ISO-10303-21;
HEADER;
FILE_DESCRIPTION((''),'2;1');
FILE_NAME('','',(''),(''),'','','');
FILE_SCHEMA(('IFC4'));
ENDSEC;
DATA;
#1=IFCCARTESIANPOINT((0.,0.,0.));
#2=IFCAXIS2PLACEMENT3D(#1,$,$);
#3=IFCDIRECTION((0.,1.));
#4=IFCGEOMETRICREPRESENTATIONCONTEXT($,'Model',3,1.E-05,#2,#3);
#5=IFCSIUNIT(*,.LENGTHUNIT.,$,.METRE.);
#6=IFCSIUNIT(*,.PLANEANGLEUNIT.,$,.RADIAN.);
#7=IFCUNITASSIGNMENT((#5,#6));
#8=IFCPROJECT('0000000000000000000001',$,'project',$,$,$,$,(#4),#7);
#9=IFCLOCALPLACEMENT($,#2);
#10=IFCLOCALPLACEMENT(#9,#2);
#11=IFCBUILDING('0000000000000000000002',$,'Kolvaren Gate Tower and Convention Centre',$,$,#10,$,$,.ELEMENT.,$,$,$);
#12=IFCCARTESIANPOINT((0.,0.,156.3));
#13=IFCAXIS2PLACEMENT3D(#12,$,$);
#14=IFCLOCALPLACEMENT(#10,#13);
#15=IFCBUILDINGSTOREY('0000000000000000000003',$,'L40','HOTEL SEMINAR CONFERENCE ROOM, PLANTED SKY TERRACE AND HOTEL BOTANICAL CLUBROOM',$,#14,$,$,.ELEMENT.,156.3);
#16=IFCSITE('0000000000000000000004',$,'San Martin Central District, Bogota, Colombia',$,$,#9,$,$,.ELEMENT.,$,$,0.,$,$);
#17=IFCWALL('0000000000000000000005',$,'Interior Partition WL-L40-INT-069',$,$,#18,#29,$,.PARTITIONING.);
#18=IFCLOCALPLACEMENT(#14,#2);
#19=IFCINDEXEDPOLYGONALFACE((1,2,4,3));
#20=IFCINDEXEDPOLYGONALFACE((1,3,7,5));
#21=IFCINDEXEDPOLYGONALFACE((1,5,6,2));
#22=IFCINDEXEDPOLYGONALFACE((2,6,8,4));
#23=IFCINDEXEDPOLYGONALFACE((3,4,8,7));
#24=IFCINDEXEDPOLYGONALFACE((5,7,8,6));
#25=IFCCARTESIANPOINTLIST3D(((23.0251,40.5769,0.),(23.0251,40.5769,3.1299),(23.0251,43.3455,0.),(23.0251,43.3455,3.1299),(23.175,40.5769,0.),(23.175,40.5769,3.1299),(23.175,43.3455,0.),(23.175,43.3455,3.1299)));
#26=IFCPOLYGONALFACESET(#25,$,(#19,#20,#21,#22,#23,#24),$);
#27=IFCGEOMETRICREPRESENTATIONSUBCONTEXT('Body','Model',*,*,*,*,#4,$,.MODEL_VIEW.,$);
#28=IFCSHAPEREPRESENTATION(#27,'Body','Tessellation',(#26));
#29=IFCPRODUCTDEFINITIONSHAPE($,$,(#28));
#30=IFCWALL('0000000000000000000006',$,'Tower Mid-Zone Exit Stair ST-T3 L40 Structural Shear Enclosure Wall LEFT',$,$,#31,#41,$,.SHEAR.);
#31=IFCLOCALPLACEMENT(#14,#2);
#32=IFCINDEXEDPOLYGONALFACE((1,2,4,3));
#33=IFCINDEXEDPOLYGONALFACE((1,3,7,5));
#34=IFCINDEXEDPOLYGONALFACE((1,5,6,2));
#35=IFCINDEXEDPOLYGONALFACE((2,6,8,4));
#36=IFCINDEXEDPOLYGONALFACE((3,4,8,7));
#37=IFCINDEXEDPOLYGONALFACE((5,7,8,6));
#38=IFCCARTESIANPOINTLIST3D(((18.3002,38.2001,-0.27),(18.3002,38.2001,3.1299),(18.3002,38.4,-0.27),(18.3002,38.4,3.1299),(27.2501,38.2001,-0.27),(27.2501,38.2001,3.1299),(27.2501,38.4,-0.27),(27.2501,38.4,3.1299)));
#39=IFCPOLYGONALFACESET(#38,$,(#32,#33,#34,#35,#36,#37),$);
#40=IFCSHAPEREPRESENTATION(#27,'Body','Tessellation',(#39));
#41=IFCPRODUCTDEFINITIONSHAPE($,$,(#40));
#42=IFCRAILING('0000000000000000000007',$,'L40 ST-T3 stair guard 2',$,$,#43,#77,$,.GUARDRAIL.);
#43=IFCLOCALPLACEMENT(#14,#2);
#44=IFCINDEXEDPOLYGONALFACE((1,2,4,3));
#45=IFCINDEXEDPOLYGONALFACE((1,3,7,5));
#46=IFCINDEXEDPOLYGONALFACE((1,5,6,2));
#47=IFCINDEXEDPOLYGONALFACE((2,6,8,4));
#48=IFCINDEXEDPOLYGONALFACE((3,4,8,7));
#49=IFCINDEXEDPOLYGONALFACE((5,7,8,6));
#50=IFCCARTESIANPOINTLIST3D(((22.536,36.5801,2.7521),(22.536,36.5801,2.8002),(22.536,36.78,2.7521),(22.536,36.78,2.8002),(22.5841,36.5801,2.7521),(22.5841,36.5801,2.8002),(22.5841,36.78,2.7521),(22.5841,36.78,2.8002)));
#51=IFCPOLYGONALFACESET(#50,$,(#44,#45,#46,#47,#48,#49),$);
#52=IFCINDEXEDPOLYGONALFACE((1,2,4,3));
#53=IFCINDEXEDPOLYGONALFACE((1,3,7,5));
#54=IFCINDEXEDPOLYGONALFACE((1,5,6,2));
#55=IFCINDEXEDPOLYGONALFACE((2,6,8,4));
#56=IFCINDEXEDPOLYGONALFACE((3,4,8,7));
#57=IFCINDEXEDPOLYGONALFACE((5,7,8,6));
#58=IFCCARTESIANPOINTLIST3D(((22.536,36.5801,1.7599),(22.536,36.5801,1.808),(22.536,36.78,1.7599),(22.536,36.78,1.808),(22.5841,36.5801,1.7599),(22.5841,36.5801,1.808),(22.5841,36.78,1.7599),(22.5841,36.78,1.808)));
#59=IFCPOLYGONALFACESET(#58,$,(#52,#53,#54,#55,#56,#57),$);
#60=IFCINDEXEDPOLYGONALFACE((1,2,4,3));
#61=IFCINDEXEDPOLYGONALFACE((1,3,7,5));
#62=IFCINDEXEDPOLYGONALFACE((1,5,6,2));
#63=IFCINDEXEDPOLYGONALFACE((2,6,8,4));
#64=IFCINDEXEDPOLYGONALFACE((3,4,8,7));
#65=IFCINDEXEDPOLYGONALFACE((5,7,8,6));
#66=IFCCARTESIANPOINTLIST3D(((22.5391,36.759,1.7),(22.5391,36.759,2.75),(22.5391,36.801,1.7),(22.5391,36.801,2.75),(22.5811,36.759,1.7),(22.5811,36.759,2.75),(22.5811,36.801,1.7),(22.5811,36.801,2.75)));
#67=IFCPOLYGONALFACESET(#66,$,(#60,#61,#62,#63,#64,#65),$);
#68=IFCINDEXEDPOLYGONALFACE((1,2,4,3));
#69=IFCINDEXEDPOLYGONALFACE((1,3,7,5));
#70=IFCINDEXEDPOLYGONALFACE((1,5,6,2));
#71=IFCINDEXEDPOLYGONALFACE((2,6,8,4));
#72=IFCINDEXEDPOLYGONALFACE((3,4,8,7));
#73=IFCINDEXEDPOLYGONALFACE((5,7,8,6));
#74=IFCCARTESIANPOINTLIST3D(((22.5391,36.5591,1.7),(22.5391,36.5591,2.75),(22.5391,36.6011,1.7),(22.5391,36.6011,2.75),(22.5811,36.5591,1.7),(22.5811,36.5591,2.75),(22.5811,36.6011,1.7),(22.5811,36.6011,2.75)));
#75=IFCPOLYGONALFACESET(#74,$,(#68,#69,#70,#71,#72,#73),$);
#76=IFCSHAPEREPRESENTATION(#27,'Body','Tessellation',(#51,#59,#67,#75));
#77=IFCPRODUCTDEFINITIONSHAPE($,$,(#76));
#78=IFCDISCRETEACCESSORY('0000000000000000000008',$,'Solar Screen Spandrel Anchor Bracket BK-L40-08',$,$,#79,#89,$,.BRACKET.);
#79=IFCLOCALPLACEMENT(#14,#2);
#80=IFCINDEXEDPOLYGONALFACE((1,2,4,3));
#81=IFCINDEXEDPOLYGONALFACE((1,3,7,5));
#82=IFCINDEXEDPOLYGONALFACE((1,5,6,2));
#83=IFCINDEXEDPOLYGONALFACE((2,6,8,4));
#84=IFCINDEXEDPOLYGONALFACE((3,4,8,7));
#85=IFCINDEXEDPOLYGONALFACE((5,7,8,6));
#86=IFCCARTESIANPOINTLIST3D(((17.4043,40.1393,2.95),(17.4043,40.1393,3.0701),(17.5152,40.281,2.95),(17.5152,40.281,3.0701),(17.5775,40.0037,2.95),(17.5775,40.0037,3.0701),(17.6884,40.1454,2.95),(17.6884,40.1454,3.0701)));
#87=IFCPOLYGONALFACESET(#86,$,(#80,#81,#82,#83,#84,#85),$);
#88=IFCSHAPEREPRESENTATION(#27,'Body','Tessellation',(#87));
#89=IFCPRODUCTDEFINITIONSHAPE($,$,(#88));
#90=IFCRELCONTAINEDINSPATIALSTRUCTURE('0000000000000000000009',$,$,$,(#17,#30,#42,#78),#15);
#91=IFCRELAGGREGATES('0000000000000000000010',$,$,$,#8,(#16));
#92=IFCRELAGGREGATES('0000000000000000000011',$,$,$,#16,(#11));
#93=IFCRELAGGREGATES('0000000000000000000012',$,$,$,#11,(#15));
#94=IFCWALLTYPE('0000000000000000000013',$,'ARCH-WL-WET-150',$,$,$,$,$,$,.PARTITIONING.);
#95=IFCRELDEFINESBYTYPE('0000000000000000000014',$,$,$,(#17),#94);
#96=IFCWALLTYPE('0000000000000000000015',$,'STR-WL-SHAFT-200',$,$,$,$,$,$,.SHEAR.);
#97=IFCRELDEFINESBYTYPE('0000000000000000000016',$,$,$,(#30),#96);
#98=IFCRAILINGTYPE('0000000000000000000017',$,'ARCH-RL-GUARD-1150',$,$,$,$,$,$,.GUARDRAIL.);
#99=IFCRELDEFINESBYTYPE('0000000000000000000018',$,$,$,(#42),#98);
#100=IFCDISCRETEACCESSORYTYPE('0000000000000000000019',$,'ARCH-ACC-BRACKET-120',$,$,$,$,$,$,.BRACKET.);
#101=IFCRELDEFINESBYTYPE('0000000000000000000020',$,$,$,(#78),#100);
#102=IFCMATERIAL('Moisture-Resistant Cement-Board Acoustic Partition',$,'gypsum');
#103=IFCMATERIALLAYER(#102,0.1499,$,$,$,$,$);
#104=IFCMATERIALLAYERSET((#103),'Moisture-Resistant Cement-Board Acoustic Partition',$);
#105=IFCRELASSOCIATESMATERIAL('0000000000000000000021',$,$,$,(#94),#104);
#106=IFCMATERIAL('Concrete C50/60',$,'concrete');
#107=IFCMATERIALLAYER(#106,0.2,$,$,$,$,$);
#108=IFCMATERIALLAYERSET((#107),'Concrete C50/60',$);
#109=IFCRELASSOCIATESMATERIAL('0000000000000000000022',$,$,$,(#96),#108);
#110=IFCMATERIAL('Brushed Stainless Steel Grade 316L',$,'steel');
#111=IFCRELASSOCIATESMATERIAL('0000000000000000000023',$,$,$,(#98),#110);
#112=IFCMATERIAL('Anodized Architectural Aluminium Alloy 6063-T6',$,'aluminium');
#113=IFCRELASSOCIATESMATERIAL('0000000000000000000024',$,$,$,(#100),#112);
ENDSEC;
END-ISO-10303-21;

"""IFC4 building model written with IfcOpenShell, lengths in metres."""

from ifc_helpers import new_model, si_unit, direction, frame, frame_2d, origin, origin_2d, place, context, subcontext, project, spatial, rectangle, extrude, material, layer, layer_set, type_object, element, save


model = new_model("IFC4")

# Units and contexts
model_context = context("Model", 3, precision=1e-05, world=origin(), true_north=direction((0.0, 1.0)))
body_context = subcontext(model_context, "Body", "Model", "MODEL_VIEW")
ifc_project = project(units=[si_unit("LENGTHUNIT", "METRE"), si_unit("PLANEANGLEUNIT", "RADIAN")], contexts=[model_context])

# Site, building, storey
site_placement = place(None, origin())
site = spatial("IfcSite", under=ifc_project, at=site_placement, Name="San Martin Central District, Bogota, Colombia", CompositionType="ELEMENT", RefElevation=0.0)
building_placement = place(site_placement, origin())
building = spatial("IfcBuilding", under=site, at=building_placement, Name="Kolvaren Gate Tower and Convention Centre", CompositionType="ELEMENT")
storey_placement = place(building_placement, frame((0.0, 0.0, 156.3)))
storey = spatial("IfcBuildingStorey", under=building, at=storey_placement, Name="L40", Description="HOTEL SEMINAR CONFERENCE ROOM, PLANTED SKY TERRACE AND HOTEL BOTANICAL CLUBROOM", CompositionType="ELEMENT", Elevation=156.3)

# Shared definitions
ifc_material_1 = material(Name="Anodized Architectural Aluminium Alloy 6063-T6", Category="aluminium")

# Shared definitions
ifc_material_2 = material(Name="Moisture-Resistant Cement-Board Acoustic Partition", Category="gypsum")
ifc_layer_1 = layer(ifc_material_2, 0.1499)
ifc_layer_set_1 = layer_set([ifc_layer_1], Name="Moisture-Resistant Cement-Board Acoustic Partition")
wall_type_1 = type_object("IfcWallType", Name="ARCH-WL-WET-150", PredefinedType="PARTITIONING", material=ifc_layer_set_1)

# Walls
wall_1_placement = place(storey_placement, frame((23.1001, 40.5769, 0.0), z_axis=(0.0, 0.0, 1.0), x_axis=(0.0, 1.0, 0.0)))
element("IfcWall", 1, at=wall_1_placement, inside=storey, type_object=wall_type_1, Name="Interior Partition WL-L40-INT-069", PredefinedType="PARTITIONING", context=body_context, shape_type="SweptSolid", body=[
    extrude(rectangle(XDim=2.7686, YDim=0.1499, at=frame_2d((1.3843, 0.0))), origin(), (0.0, 0.0, 1.0), 3.1299),
])
ifc_material_3 = material(Name="Concrete C50/60", Category="concrete")
ifc_layer_2 = layer(ifc_material_3, 0.2)
ifc_layer_set_2 = layer_set([ifc_layer_2], Name="Concrete C50/60")
wall_type_2 = type_object("IfcWallType", Name="STR-WL-SHAFT-200", PredefinedType="SHEAR", material=ifc_layer_set_2)
wall_2_placement = place(storey_placement, frame((18.3, 38.3, -0.27), z_axis=(0.0, 0.0, 1.0), x_axis=(1.0, 0.0, 0.0)))
element("IfcWall", 2, at=wall_2_placement, inside=storey, type_object=wall_type_2, Name="Tower Mid-Zone Exit Stair ST-T3 L40 Structural Shear Enclosure Wall LEFT", PredefinedType="SHEAR", context=body_context, shape_type="SweptSolid", body=[
    extrude(rectangle(XDim=8.95, YDim=0.2, at=frame_2d((4.4751, 0.0))), origin(), (0.0, 0.0, 1.0), 3.3999),
])

# Railing
ifc_material_4 = material(Name="Brushed Stainless Steel Grade 316L", Category="steel")
railing_type = type_object("IfcRailingType", Name="ARCH-RL-GUARD-1150", PredefinedType="GUARDRAIL", material=ifc_material_4)
railing_placement = place(storey_placement, frame((22.5601, 36.78, 1.7)))
element("IfcRailing", 3, at=railing_placement, inside=storey, type_object=railing_type, Name="L40 ST-T3 stair guard 2", PredefinedType="GUARDRAIL", context=body_context, shape_type="SweptSolid", body=[
    extrude(rectangle(XDim=0.0481, YDim=0.0481, at=origin_2d()), frame((0.0, 0.0, 1.0762), z_axis=(0.0, -1.0, 0.0), x_axis=(1.0, 0.0, 0.0)), (0.0, 0.0, 1.0), 0.2),
    extrude(rectangle(XDim=0.0481, YDim=0.0481, at=origin_2d()), frame((0.0, 0.0, 0.084), z_axis=(0.0, -1.0, 0.0), x_axis=(1.0, 0.0, 0.0)), (0.0, 0.0, 1.0), 0.2),
    extrude(rectangle(XDim=0.042, YDim=0.042, at=origin_2d()), origin(), (0.0, 0.0, 1.0), 1.05),
    extrude(rectangle(XDim=0.042, YDim=0.042, at=origin_2d()), frame((0.0, -0.2, 0.0)), (0.0, 0.0, 1.0), 1.05),
])

# Discrete accessory
discrete_accessory_type = type_object("IfcDiscreteAccessoryType", Name="ARCH-ACC-BRACKET-120", PredefinedType="BRACKET", material=ifc_material_1)
discrete_accessory_placement = place(storey_placement, frame((17.5464, 40.1423, 2.95), z_axis=(0.0, 0.0, 1.0), x_axis=(0.616446, 0.787397, 0.0)))
element("IfcDiscreteAccessory", 4, at=discrete_accessory_placement, inside=storey, type_object=discrete_accessory_type, Name="Solar Screen Spandrel Anchor Bracket BK-L40-08", PredefinedType="BRACKET", context=body_context, shape_type="SweptSolid", body=[
    extrude(rectangle(XDim=0.1799, YDim=0.22, at=origin_2d()), origin(), (0.0, 0.0, 1.0), 0.1201),
])

save(model, "model.ifc")
